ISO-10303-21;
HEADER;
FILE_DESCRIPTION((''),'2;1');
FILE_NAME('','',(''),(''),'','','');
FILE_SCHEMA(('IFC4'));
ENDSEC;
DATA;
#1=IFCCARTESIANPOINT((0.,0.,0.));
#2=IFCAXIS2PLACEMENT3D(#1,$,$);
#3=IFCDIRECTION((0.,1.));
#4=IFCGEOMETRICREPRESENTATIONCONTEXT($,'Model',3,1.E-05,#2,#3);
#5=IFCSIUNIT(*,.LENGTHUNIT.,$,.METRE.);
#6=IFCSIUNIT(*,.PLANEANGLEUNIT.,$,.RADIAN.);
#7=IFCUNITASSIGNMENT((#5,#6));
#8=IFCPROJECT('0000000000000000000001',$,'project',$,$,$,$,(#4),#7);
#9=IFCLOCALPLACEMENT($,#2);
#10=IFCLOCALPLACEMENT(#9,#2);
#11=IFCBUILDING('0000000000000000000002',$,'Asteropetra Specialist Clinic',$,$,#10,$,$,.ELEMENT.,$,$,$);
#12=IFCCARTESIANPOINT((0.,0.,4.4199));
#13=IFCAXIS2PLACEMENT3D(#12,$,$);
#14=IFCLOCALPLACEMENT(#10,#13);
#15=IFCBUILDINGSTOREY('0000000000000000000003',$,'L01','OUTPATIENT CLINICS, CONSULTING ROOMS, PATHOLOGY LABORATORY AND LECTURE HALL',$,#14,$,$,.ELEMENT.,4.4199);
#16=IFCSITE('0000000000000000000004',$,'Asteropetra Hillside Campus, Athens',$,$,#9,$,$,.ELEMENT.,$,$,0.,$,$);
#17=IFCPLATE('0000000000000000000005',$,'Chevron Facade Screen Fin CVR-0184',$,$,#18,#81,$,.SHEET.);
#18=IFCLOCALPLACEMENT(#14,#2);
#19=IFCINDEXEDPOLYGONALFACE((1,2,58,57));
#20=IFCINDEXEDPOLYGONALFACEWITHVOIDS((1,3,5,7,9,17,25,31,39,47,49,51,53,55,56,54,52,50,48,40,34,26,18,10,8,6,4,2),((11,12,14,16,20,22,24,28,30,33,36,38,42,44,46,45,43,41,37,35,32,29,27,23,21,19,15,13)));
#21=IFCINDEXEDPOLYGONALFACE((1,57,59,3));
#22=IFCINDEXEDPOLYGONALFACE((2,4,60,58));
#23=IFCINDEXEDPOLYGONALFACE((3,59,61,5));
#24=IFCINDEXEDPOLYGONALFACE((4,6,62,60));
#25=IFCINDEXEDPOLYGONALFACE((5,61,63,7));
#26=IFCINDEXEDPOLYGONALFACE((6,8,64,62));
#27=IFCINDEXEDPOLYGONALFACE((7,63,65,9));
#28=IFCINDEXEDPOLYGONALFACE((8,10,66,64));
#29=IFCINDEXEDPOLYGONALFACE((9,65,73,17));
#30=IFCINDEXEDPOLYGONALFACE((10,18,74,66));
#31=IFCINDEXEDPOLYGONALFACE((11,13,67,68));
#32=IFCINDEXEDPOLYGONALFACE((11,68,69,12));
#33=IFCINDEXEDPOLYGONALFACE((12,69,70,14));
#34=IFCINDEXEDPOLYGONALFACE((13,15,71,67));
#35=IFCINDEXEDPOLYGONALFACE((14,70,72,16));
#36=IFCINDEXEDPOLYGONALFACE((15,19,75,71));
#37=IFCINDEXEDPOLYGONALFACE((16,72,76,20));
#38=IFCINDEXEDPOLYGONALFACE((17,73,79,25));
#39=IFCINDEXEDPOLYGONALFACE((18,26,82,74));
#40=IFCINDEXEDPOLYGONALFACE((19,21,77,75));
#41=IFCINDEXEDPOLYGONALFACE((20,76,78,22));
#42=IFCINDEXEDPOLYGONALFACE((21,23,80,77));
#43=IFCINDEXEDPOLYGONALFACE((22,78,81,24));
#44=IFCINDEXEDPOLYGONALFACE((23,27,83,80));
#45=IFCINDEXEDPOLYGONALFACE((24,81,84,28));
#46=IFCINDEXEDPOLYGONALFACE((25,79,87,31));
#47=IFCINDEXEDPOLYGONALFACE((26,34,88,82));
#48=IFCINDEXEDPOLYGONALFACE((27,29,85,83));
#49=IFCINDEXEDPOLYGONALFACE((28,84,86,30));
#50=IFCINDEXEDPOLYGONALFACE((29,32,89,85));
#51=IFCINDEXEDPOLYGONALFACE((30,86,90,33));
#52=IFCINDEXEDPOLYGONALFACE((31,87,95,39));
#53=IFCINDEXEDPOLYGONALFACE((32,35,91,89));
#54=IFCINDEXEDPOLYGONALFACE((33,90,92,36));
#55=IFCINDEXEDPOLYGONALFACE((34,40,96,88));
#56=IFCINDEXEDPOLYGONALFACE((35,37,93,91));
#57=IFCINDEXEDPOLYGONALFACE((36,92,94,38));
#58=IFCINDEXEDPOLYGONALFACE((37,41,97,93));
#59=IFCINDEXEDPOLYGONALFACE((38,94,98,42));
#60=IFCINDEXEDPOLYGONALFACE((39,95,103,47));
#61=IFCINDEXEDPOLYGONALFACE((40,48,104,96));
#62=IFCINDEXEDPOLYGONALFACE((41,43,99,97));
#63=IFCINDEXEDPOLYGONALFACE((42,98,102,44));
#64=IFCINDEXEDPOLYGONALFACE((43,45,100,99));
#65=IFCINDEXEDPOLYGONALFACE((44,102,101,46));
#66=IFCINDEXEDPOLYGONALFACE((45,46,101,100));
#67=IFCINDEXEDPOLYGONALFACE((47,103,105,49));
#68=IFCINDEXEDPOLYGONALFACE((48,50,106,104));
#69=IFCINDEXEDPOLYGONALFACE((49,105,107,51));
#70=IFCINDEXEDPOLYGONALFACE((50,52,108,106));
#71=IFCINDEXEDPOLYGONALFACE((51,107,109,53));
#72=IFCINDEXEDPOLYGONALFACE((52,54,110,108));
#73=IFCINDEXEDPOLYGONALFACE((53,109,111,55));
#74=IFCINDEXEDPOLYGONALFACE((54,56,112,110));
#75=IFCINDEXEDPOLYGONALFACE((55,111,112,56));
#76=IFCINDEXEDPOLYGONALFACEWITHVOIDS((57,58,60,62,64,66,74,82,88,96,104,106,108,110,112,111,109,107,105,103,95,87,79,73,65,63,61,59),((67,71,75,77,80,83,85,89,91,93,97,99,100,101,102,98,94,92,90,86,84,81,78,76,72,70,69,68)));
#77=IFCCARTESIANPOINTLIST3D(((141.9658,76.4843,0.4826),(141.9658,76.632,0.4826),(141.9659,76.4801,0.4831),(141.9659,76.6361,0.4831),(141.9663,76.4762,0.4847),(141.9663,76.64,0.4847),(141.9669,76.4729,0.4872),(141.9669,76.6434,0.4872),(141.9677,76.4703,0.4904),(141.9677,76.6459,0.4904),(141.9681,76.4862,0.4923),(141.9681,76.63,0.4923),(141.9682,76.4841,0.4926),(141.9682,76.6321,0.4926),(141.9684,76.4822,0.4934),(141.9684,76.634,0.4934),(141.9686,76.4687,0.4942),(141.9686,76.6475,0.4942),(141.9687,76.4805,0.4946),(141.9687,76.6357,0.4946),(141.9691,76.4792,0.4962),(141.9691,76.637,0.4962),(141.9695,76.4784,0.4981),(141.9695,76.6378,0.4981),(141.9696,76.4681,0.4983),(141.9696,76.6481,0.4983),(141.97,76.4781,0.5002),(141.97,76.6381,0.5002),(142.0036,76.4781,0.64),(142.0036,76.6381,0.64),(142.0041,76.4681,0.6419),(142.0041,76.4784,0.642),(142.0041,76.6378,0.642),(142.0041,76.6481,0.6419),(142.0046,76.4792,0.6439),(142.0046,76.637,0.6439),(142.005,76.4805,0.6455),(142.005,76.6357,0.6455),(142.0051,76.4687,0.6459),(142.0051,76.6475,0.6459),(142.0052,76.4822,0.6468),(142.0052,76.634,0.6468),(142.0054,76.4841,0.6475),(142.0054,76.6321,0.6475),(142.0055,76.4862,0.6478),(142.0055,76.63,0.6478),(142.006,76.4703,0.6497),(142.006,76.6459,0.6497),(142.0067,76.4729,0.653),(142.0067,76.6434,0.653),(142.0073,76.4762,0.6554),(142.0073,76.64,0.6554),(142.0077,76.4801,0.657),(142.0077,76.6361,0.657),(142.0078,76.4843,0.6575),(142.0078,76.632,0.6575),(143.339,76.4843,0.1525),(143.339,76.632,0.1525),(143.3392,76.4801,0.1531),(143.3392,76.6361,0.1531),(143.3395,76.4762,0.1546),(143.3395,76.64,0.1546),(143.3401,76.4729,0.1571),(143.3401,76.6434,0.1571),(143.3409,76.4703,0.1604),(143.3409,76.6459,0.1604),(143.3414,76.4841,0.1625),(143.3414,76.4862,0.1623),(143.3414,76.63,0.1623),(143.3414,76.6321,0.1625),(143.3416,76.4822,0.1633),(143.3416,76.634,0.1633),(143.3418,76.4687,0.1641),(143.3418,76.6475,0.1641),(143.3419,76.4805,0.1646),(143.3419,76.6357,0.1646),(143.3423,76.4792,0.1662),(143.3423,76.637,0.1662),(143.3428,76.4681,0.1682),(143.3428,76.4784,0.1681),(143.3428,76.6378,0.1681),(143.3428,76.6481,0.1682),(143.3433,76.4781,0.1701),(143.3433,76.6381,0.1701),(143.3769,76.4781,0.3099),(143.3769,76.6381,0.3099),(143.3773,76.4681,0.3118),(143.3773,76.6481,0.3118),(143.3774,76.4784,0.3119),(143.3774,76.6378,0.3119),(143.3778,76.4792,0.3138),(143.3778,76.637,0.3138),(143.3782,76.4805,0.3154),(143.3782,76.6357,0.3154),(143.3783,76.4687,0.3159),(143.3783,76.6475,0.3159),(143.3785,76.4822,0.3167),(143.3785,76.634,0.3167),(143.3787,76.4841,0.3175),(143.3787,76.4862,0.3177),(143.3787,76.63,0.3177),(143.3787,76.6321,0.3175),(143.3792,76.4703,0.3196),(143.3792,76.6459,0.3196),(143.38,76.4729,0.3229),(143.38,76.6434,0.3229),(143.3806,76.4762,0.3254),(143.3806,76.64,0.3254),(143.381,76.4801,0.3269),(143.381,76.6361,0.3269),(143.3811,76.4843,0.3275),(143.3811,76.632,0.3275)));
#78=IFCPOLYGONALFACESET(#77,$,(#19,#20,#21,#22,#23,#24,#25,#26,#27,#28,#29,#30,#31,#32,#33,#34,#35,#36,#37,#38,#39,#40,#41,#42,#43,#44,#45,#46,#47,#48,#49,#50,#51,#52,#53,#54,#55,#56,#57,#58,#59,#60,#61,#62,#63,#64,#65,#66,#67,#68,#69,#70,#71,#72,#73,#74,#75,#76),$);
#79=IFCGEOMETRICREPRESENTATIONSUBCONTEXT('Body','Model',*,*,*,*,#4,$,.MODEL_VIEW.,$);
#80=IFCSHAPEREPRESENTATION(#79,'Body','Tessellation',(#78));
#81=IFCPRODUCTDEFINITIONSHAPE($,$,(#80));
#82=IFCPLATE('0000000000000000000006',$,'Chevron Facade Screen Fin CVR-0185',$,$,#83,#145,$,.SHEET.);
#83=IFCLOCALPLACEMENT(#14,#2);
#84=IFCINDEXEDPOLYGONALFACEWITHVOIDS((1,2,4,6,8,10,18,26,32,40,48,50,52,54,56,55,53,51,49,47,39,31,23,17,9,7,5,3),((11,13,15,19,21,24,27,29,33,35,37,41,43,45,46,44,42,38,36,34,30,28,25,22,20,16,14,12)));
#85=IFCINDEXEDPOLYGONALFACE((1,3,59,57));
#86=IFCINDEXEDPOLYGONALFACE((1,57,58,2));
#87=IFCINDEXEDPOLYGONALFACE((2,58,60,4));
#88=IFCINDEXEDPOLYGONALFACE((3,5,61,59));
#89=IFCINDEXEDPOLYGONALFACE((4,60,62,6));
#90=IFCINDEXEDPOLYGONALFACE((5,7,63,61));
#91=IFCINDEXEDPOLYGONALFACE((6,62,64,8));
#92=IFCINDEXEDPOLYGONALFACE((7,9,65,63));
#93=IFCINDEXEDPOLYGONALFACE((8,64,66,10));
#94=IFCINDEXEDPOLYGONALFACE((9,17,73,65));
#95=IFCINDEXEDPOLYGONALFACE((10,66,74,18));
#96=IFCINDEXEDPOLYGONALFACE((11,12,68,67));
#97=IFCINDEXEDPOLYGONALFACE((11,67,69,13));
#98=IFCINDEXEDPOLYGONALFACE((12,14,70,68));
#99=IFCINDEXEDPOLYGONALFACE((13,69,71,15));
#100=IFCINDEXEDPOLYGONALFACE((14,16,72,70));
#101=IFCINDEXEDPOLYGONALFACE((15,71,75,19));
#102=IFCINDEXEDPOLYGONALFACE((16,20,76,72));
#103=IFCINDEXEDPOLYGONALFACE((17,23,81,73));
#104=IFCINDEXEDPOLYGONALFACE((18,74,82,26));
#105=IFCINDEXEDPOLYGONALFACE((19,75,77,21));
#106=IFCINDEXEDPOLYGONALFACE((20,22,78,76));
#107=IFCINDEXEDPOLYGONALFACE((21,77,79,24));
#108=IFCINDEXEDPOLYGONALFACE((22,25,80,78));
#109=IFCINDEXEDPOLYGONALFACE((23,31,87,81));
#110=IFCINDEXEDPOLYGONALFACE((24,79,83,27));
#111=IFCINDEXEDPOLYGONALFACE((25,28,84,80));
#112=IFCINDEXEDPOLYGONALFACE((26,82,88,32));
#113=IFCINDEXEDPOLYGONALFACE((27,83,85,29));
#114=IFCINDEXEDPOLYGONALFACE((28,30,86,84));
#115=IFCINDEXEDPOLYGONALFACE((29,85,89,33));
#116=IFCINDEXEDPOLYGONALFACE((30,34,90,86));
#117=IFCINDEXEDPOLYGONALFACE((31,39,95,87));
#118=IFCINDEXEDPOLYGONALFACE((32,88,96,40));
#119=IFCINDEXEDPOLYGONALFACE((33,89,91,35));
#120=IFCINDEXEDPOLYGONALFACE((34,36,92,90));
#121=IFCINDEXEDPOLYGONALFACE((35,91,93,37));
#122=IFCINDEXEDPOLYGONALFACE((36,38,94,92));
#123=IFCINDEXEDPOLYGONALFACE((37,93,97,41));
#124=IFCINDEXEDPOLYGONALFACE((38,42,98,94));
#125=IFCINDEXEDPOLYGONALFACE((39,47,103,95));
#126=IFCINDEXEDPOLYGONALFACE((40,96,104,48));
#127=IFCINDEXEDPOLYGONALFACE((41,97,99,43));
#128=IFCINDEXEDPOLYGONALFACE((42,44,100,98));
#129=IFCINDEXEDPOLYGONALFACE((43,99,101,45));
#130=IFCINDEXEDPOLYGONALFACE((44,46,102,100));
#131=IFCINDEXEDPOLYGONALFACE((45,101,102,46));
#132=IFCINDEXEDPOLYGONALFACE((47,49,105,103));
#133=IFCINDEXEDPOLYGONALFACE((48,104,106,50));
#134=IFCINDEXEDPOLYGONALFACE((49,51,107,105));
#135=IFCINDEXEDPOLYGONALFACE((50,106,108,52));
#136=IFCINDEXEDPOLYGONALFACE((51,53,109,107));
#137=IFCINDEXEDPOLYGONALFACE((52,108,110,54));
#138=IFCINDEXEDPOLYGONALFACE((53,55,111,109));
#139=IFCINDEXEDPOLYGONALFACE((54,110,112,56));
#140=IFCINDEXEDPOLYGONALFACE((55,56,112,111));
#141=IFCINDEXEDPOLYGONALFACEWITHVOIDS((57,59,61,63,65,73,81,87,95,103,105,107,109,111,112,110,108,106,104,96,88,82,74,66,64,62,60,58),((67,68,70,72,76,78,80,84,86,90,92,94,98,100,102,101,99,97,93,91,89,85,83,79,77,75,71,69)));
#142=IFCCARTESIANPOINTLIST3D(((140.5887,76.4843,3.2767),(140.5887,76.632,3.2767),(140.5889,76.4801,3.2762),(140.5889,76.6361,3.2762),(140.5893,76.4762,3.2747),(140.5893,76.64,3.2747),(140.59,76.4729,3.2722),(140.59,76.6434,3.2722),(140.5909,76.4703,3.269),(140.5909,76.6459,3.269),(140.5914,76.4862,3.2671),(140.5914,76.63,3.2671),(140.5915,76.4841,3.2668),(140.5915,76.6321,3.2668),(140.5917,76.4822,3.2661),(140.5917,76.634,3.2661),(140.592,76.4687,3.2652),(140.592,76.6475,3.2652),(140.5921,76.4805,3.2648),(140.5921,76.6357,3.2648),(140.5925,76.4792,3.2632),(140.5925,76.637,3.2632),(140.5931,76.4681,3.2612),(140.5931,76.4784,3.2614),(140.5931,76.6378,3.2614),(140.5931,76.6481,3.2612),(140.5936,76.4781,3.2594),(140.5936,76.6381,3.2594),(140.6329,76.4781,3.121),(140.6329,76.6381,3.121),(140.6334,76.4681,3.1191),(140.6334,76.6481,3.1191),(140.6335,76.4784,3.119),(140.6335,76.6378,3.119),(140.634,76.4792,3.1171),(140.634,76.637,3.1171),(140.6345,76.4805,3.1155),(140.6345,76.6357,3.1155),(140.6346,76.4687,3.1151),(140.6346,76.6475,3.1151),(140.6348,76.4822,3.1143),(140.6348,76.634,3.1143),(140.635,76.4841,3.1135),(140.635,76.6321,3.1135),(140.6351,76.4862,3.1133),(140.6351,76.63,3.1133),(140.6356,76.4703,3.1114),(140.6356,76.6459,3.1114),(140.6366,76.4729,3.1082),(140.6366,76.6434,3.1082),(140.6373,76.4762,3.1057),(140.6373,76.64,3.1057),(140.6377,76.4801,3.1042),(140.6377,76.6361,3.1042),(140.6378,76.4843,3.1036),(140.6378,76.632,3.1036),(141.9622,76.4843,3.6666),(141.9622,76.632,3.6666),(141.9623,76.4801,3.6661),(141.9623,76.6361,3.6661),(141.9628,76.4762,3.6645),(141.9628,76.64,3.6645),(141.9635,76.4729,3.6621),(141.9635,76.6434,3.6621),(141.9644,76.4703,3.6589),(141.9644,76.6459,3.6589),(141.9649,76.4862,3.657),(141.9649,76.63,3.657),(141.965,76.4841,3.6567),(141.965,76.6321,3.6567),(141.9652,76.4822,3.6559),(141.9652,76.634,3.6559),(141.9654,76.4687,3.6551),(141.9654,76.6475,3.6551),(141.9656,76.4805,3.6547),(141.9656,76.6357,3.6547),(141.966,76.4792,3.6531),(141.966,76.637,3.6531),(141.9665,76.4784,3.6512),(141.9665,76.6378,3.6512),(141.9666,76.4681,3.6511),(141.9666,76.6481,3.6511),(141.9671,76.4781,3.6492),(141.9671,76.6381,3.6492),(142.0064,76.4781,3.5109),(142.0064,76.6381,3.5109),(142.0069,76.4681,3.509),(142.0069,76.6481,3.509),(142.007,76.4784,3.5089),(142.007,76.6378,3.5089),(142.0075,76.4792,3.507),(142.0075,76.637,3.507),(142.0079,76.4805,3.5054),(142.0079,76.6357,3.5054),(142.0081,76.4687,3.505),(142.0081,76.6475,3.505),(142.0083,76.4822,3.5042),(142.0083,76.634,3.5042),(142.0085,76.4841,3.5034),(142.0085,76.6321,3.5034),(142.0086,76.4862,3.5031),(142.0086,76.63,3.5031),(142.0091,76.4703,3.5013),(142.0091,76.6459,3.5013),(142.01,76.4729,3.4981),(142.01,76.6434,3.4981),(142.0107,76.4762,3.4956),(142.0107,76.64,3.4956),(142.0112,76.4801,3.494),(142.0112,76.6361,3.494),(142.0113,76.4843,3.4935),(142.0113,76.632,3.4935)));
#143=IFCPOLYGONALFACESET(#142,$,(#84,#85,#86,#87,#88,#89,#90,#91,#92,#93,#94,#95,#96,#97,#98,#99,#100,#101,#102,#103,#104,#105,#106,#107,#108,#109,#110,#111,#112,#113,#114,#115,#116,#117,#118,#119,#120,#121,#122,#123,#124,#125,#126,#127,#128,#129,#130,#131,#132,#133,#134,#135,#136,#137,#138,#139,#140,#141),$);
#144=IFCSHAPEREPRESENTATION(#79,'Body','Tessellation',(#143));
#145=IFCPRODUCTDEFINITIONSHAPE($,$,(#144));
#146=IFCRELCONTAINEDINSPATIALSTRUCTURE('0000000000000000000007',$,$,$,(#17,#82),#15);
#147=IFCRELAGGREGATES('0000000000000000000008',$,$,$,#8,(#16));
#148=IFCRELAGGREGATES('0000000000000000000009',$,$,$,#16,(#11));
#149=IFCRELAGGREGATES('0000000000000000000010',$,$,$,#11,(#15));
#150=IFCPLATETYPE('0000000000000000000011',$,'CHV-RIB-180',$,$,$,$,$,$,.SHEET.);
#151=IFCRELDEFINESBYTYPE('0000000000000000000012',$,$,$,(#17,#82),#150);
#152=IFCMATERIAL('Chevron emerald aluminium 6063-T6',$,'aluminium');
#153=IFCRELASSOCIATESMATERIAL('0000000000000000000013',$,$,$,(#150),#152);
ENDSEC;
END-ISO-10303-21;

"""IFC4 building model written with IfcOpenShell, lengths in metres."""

from ifc_helpers import new_model, si_unit, direction, frame, origin, origin_2d, place, context, subcontext, project, spatial, hollow_rectangle, extrude, material, material_profile, profile_set, type_object, element, save


model = new_model("IFC4")

# Units and contexts
model_context = context("Model", 3, precision=1e-05, world=origin(), true_north=direction((0.0, 1.0)))
body_context = subcontext(model_context, "Body", "Model", "MODEL_VIEW")
ifc_project = project(units=[si_unit("LENGTHUNIT", "METRE"), si_unit("PLANEANGLEUNIT", "RADIAN")], contexts=[model_context])

# Site, building, storey
site_placement = place(None, origin())
site = spatial("IfcSite", under=ifc_project, at=site_placement, Name="Asteropetra Hillside Campus, Athens", CompositionType="ELEMENT", RefElevation=0.0)
building_placement = place(site_placement, origin())
building = spatial("IfcBuilding", under=site, at=building_placement, Name="Asteropetra Specialist Clinic", CompositionType="ELEMENT")
storey_placement = place(building_placement, frame((0.0, 0.0, 4.4199)))
storey = spatial("IfcBuildingStorey", under=building, at=storey_placement, Name="L01", Description="OUTPATIENT CLINICS, CONSULTING ROOMS, PATHOLOGY LABORATORY AND LECTURE HALL", CompositionType="ELEMENT", Elevation=4.4199)

# Plates
ifc_material_1 = material(Name="Chevron emerald aluminium 6063-T6", Category="aluminium")
ifc_material_profile_1 = material_profile(ifc_material_1, hollow_rectangle(XDim=0.1799, YDim=0.1799, WallThickness=0.01, InnerFilletRadius=0.0081, OuterFilletRadius=0.0161, at=origin_2d()), Name="SHS 180x180x10.0")
ifc_profile_set_1 = profile_set([ifc_material_profile_1], Name="Chevron emerald aluminium 6063-T6")
plate_type = type_object("IfcPlateType", Name="CHV-RIB-180", PredefinedType="SHEET", material=ifc_profile_set_1)
plate_1_placement = place(storey_placement, frame((141.9868, 76.5581, 0.5701), z_axis=(0.972309, 0.0, -0.2337), x_axis=(0.0, 1.0, 0.0)))
element("IfcPlate", 1, at=plate_1_placement, inside=storey, type_object=plate_type, Name="Chevron Facade Screen Fin CVR-0184", PredefinedType="SHEET", context=body_context, shape_type="SweptSolid", body=[
    extrude(hollow_rectangle(XDim=0.1799, YDim=0.1799, WallThickness=0.01, InnerFilletRadius=0.0081, OuterFilletRadius=0.0161, at=origin_2d()), origin(), (0.0, 0.0, 1.0), 1.4124),
])
plate_2_placement = place(storey_placement, frame((140.6133, 76.5581, 3.1902), z_axis=(0.961994, 0.0, 0.273072), x_axis=(0.0, 1.0, 0.0)))
element("IfcPlate", 2, at=plate_2_placement, inside=storey, type_object=plate_type, Name="Chevron Facade Screen Fin CVR-0185", PredefinedType="SHEET", context=body_context, shape_type="SweptSolid", body=[
    extrude(hollow_rectangle(XDim=0.1799, YDim=0.1799, WallThickness=0.01, InnerFilletRadius=0.0081, OuterFilletRadius=0.0161, at=origin_2d()), origin(), (0.0, 0.0, 1.0), 1.4277),
])

save(model, "model.ifc")
